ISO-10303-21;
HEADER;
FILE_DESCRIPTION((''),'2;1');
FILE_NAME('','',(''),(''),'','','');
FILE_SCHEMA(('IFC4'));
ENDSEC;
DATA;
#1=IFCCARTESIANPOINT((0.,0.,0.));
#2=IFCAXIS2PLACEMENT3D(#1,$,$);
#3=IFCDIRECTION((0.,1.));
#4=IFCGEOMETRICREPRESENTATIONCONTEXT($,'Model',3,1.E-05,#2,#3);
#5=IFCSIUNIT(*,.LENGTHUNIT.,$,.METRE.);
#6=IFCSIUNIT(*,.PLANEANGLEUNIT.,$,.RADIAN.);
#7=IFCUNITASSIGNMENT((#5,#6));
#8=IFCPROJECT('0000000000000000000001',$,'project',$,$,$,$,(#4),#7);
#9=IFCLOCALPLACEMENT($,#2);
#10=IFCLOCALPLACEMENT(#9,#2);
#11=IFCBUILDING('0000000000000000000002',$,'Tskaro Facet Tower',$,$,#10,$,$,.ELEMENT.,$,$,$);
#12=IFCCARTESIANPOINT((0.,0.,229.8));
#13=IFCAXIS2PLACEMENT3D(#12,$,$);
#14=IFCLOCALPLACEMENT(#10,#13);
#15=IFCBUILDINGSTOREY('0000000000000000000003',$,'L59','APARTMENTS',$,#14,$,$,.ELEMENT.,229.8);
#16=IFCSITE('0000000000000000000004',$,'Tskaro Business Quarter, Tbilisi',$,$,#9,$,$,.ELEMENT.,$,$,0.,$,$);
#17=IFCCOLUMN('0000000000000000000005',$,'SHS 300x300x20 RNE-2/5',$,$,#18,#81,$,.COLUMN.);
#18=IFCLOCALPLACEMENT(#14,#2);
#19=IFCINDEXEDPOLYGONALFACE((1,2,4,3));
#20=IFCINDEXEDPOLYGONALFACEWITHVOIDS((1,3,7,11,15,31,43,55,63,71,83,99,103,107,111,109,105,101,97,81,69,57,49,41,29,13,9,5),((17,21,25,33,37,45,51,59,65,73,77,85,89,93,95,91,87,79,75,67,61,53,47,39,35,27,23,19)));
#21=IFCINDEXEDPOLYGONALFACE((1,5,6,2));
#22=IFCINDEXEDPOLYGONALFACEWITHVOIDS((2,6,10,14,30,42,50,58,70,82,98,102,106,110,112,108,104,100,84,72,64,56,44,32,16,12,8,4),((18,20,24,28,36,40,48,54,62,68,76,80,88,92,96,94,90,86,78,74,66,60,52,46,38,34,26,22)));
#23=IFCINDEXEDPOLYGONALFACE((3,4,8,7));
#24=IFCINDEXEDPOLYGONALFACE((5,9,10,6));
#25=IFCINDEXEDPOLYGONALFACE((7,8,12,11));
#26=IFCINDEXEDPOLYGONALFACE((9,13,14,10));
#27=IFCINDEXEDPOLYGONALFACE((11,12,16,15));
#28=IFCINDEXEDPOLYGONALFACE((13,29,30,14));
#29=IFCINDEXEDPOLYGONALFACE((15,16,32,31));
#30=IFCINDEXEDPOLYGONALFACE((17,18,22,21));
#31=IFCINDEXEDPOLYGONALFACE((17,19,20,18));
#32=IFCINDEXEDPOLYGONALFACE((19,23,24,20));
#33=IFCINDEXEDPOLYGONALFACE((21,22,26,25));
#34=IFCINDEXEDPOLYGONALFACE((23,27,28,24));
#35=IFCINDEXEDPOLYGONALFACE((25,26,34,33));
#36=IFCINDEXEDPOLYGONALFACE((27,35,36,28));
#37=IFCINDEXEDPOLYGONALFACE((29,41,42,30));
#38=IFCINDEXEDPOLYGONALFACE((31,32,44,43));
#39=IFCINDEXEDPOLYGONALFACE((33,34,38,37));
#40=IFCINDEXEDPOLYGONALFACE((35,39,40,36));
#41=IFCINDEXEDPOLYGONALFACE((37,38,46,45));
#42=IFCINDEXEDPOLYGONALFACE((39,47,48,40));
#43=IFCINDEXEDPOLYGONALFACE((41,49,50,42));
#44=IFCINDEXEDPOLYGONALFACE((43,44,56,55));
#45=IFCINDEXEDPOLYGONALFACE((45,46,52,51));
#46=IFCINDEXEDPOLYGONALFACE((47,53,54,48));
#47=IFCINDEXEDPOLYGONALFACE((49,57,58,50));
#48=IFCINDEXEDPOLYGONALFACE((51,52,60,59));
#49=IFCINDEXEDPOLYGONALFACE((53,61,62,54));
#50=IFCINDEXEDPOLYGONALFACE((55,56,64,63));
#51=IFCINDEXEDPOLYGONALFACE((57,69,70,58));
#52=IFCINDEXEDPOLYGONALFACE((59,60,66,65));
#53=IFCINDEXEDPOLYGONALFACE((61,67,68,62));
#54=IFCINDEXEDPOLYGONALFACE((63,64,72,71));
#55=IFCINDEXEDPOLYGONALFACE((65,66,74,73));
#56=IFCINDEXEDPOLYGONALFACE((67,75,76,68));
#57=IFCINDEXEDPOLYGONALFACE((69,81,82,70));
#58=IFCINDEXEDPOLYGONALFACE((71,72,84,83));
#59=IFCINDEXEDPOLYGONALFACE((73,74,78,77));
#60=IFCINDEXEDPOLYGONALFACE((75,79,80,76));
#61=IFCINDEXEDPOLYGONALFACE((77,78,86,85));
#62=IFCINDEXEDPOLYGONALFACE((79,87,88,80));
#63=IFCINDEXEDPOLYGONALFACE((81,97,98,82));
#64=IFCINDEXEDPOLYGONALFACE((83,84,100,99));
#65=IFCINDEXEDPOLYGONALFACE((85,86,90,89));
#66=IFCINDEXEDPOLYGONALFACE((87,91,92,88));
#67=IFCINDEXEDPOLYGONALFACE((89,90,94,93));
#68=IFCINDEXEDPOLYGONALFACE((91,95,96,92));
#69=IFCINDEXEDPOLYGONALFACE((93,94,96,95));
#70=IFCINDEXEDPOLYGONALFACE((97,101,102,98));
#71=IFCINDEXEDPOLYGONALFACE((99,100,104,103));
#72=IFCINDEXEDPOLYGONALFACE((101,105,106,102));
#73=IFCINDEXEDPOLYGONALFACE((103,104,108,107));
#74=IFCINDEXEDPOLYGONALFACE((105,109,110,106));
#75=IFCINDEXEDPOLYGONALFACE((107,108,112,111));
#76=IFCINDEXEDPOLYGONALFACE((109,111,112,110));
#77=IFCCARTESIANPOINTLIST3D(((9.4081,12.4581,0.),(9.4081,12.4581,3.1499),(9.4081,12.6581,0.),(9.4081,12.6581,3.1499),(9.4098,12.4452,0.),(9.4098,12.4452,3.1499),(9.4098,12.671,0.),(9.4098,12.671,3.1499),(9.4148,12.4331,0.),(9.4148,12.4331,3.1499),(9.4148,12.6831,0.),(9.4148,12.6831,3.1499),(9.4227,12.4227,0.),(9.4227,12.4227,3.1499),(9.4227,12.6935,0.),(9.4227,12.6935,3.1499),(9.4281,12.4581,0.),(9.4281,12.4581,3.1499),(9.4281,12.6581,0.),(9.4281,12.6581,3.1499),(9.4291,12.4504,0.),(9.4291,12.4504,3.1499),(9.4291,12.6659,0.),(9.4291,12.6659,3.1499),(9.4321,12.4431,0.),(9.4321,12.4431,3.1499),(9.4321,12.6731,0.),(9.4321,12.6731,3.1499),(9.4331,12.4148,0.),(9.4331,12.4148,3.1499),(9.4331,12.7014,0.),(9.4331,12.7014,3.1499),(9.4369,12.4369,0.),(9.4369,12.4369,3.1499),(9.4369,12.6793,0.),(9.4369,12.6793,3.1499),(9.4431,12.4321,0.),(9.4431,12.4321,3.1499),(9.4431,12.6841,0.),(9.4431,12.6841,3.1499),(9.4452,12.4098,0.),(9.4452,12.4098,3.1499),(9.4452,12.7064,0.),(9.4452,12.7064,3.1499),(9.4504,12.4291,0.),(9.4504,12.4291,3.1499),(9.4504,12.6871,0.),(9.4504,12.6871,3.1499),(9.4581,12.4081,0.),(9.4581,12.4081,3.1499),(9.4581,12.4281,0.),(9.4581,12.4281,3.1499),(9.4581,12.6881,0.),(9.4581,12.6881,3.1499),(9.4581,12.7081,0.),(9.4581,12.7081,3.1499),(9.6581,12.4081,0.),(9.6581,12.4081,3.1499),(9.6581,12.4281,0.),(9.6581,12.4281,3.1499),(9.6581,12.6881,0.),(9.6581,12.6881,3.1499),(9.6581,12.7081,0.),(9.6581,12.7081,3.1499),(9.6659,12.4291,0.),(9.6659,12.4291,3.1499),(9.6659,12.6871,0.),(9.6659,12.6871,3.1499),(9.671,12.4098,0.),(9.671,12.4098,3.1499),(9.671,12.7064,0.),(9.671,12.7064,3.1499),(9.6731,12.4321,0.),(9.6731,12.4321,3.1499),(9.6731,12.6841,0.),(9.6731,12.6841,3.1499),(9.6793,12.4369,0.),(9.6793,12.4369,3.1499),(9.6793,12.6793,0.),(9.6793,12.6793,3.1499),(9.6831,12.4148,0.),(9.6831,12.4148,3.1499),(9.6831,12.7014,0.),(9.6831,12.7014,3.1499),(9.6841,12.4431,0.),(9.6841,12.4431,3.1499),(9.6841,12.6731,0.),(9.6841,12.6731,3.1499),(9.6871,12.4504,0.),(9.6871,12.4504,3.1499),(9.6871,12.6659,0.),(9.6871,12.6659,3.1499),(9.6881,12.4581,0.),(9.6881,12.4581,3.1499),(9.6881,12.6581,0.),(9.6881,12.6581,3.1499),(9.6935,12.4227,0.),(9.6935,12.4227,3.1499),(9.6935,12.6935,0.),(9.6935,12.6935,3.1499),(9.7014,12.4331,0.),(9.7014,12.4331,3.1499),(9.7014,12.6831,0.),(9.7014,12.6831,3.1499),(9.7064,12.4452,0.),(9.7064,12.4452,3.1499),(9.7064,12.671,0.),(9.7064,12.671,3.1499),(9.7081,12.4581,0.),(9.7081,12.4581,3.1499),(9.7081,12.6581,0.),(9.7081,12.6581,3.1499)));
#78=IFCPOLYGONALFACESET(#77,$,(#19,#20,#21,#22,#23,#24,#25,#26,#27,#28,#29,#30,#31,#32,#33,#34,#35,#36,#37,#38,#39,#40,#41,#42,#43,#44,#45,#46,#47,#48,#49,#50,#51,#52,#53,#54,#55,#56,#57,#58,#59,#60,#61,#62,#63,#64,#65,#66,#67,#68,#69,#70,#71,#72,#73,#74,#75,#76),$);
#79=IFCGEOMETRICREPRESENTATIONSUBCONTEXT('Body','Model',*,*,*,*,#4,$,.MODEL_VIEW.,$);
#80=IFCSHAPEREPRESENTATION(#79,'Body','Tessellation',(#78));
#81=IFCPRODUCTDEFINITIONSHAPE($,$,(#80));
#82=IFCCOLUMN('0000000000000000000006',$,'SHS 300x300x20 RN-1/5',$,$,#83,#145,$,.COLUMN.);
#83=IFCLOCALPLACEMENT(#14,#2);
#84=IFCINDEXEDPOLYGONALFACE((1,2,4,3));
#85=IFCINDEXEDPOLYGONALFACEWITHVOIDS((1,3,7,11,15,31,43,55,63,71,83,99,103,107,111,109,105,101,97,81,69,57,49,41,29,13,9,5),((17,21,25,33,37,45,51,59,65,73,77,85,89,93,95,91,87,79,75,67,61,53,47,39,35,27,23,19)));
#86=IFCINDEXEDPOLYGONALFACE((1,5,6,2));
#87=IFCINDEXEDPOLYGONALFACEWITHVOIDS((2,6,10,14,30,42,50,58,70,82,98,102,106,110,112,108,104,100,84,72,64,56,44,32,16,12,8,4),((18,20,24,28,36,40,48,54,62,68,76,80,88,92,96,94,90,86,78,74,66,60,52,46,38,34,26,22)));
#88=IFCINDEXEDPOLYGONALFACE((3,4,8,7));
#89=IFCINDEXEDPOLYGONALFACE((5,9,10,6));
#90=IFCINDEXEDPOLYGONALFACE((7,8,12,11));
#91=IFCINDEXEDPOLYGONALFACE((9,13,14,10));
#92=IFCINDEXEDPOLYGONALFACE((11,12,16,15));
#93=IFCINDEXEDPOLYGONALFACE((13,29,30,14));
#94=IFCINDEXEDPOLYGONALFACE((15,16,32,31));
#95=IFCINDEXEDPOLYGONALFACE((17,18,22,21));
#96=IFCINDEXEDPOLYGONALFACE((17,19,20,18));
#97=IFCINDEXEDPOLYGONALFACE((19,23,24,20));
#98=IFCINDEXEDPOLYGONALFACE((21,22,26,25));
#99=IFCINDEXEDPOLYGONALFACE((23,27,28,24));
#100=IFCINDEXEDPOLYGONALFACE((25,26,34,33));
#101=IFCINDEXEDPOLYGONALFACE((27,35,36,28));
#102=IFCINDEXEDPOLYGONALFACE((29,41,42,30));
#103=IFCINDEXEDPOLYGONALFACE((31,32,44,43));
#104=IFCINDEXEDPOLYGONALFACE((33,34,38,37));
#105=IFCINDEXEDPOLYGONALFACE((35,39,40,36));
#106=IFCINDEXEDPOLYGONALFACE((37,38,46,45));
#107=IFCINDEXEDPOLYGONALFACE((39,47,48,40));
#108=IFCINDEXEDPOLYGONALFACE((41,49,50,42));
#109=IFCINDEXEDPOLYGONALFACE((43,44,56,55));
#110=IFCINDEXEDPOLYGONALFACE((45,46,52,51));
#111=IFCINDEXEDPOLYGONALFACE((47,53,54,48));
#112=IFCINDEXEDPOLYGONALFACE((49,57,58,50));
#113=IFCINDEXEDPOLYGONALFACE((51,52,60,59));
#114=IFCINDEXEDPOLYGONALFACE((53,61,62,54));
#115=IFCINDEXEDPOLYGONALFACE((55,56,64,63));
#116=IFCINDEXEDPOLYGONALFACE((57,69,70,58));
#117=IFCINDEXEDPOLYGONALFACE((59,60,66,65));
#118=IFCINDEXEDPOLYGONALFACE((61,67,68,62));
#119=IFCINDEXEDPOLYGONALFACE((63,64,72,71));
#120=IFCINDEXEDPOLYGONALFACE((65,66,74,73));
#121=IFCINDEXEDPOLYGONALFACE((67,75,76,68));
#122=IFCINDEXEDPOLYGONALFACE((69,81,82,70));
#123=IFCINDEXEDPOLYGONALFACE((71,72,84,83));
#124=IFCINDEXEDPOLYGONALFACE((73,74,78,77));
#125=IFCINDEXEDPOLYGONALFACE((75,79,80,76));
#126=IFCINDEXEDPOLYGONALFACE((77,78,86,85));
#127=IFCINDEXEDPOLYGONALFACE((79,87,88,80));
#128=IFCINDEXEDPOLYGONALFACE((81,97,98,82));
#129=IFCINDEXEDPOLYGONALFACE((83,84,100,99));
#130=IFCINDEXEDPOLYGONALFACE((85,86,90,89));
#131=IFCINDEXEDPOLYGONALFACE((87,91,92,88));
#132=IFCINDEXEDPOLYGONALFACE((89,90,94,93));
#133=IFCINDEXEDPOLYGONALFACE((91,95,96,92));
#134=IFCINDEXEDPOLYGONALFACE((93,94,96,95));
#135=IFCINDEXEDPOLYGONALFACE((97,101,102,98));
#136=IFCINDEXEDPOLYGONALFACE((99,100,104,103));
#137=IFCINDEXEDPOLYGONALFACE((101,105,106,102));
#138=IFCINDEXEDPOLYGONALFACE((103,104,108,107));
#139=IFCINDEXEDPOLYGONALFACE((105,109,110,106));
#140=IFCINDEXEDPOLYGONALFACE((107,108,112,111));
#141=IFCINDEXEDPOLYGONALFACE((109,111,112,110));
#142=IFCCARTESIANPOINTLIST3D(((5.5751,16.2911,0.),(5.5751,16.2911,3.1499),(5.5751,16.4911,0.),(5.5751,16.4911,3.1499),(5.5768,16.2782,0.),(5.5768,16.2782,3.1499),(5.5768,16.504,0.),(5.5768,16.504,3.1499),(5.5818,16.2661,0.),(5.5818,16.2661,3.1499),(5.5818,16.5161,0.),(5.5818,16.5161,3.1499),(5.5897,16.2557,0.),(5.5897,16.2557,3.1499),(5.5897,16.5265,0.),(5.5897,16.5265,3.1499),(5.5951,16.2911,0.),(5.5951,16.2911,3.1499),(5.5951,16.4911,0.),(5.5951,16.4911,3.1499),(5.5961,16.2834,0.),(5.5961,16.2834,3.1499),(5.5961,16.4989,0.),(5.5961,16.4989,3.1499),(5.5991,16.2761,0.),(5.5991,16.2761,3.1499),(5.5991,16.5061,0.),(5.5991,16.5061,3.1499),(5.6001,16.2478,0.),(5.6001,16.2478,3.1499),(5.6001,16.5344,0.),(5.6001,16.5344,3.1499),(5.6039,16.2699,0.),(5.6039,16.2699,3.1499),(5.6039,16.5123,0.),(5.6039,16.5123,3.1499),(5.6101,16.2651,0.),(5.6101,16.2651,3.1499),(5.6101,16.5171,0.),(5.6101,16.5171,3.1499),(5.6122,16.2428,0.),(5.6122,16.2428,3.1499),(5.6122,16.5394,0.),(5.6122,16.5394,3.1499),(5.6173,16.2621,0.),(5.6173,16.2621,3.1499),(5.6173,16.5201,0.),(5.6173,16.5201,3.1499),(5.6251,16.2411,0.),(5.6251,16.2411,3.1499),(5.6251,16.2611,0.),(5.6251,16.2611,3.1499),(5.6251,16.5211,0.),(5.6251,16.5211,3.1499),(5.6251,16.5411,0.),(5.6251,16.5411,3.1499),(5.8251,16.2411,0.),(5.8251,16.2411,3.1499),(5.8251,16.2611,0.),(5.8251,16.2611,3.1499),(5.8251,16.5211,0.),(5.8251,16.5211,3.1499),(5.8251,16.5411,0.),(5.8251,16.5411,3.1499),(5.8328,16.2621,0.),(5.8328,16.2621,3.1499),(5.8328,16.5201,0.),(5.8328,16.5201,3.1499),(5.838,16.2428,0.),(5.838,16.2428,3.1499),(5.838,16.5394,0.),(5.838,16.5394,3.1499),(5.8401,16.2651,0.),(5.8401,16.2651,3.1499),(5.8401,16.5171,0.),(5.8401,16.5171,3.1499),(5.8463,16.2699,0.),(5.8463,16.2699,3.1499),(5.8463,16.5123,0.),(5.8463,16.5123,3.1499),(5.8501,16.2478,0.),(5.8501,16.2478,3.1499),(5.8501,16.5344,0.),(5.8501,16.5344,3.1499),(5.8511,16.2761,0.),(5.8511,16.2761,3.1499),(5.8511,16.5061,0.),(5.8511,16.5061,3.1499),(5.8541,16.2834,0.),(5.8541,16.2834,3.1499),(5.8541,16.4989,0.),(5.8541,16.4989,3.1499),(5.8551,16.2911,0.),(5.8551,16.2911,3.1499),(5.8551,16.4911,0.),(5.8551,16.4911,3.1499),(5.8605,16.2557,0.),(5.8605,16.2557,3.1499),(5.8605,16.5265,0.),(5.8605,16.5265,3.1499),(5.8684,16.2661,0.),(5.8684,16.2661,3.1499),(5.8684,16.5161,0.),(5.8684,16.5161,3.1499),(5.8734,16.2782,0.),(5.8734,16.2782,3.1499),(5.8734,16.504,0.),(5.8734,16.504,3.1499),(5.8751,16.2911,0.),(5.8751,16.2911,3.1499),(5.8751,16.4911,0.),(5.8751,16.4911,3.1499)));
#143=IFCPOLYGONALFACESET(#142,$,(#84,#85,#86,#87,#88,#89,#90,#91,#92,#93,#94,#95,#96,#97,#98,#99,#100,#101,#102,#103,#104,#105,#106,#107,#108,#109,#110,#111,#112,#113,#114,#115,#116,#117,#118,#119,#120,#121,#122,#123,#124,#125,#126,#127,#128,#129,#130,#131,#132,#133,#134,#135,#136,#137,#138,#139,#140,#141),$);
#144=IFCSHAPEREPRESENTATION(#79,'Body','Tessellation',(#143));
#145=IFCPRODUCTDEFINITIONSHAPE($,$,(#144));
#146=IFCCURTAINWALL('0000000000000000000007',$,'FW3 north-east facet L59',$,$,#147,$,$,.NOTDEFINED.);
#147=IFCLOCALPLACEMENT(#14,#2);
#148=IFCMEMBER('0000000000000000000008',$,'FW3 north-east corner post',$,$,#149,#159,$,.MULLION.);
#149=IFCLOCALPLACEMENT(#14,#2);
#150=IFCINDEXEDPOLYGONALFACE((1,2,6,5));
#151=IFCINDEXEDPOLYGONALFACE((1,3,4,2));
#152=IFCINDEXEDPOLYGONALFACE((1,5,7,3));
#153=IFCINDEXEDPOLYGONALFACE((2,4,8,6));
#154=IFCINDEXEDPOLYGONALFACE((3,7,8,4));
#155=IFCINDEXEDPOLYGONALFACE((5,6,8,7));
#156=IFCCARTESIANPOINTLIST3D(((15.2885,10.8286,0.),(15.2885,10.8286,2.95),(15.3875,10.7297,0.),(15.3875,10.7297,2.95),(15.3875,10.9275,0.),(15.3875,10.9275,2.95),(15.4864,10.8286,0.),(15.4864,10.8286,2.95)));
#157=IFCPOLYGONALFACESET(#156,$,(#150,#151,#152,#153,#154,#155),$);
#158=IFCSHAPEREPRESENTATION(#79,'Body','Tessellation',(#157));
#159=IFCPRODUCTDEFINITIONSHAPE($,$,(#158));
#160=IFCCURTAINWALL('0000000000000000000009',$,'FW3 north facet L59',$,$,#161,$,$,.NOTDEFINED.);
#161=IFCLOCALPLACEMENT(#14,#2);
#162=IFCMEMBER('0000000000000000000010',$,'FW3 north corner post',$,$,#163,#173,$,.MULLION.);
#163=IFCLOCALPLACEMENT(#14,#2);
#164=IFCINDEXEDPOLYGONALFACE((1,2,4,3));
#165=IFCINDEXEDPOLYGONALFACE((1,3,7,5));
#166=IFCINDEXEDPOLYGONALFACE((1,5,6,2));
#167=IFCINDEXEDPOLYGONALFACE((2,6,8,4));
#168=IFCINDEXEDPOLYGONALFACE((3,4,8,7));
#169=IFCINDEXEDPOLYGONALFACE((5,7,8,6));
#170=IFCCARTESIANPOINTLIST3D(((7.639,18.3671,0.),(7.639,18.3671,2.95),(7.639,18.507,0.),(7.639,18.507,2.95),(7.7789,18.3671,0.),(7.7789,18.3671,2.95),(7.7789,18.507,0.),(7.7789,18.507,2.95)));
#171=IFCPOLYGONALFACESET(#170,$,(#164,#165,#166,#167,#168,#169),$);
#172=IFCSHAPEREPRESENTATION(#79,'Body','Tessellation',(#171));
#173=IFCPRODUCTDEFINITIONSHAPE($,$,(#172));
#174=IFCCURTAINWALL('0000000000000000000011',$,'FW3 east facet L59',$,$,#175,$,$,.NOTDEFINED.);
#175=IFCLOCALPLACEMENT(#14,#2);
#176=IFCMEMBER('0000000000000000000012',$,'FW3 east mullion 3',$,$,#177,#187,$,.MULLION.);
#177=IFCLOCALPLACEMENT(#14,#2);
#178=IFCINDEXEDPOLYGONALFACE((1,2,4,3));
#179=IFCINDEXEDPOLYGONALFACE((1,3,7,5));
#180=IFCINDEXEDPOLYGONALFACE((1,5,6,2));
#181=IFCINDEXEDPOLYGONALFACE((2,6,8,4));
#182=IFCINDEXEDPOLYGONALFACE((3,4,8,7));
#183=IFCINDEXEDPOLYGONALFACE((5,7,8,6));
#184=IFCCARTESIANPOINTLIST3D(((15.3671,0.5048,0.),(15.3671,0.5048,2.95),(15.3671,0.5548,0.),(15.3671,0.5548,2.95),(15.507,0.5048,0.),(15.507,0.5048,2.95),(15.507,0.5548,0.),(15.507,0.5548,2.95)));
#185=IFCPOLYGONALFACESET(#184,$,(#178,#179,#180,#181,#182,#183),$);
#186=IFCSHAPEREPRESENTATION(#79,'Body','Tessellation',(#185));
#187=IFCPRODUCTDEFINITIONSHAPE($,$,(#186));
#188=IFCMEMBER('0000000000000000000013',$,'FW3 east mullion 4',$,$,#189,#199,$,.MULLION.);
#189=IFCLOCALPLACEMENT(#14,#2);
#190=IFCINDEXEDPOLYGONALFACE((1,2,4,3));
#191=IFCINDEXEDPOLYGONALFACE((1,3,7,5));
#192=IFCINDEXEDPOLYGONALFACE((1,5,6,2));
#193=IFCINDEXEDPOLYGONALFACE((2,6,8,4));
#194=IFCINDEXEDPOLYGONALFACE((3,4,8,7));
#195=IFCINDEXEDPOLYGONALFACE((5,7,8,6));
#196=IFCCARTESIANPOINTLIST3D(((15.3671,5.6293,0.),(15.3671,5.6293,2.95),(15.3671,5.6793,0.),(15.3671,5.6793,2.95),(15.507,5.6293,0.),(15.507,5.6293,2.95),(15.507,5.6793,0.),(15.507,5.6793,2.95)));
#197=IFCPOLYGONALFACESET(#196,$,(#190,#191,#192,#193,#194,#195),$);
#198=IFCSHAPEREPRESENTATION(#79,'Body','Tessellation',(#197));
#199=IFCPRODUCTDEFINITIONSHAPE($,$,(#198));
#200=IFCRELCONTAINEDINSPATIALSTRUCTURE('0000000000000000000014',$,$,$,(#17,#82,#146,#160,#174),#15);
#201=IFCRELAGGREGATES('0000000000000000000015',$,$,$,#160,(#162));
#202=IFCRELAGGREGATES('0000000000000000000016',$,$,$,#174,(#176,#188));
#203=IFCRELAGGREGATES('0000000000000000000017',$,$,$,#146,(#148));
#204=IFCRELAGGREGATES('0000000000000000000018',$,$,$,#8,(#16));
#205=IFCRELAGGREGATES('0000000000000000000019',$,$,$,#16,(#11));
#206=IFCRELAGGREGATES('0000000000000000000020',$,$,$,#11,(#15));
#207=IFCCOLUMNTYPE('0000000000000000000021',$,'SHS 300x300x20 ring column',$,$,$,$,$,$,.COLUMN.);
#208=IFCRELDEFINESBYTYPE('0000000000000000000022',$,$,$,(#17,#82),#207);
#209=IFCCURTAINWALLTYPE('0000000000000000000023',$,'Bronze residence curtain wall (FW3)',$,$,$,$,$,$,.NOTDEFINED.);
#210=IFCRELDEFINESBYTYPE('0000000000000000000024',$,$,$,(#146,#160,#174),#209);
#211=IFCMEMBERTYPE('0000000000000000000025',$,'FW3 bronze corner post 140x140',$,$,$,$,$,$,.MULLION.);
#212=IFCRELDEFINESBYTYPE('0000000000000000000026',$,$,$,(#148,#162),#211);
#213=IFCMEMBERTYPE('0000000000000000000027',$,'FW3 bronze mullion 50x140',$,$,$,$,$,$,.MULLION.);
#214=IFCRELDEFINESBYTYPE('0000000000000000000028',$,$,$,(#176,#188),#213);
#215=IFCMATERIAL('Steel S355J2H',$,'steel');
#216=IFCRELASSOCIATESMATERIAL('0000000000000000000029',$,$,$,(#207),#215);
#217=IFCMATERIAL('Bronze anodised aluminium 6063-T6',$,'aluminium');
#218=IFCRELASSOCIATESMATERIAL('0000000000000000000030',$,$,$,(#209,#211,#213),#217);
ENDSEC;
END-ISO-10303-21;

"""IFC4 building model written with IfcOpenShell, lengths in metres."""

from ifc_helpers import new_model, si_unit, direction, frame, origin, origin_2d, place, context, subcontext, project, spatial, rectangle, hollow_rectangle, extrude, material, material_profile, profile_set, type_object, element, aggregate, save


model = new_model("IFC4")

# Units and contexts
model_context = context("Model", 3, precision=1e-05, world=origin(), true_north=direction((0.0, 1.0)))
body_context = subcontext(model_context, "Body", "Model", "MODEL_VIEW")
ifc_project = project(units=[si_unit("LENGTHUNIT", "METRE"), si_unit("PLANEANGLEUNIT", "RADIAN")], contexts=[model_context])

# Site, building, storey
site_placement = place(None, origin())
site = spatial("IfcSite", under=ifc_project, at=site_placement, Name="Tskaro Business Quarter, Tbilisi", CompositionType="ELEMENT", RefElevation=0.0)
building_placement = place(site_placement, origin())
building = spatial("IfcBuilding", under=site, at=building_placement, Name="Tskaro Facet Tower", CompositionType="ELEMENT")
storey_placement = place(building_placement, frame((0.0, 0.0, 229.8)))
storey = spatial("IfcBuildingStorey", under=building, at=storey_placement, Name="L59", Description="APARTMENTS", CompositionType="ELEMENT", Elevation=229.8)

# Columns
ifc_material_1 = material(Name="Steel S355J2H", Category="steel")
ifc_material_profile_1 = material_profile(ifc_material_1, hollow_rectangle(XDim=0.3, YDim=0.3, WallThickness=0.02, InnerFilletRadius=0.03, OuterFilletRadius=0.05, at=origin_2d()), Name="SHS 300x300x20")
ifc_profile_set_1 = profile_set([ifc_material_profile_1], Name="Steel S355J2H")
column_type_1 = type_object("IfcColumnType", Name="SHS 300x300x20 ring column", PredefinedType="COLUMN", material=ifc_profile_set_1)
for number, where, z_axis, x_axis, name in (
    (1, (9.5581, 12.5581, 0.0), (0.0, 0.0, 1.0), (1.0, 0.0, 0.0), "SHS 300x300x20 RNE-2/5"),
    (2, (5.7251, 16.3911, 0.0), (0.0, 0.0, 1.0), (1.0, 0.0, 0.0), "SHS 300x300x20 RN-1/5"),
):
    element("IfcColumn", number, at=place(storey_placement, frame(where, z_axis=z_axis, x_axis=x_axis)), inside=storey, type_object=column_type_1, Name=name, PredefinedType="COLUMN", context=body_context, shape_type="SweptSolid", body=[
        extrude(hollow_rectangle(XDim=0.3, YDim=0.3, WallThickness=0.02, InnerFilletRadius=0.03, OuterFilletRadius=0.05, at=origin_2d()), origin(), (0.0, 0.0, 1.0), 3.1499),
    ])

# Curtain walls, members
ifc_material_2 = material(Name="Bronze anodised aluminium 6063-T6", Category="aluminium")
curtain_wall_type = type_object("IfcCurtainWallType", Name="Bronze residence curtain wall (FW3)", PredefinedType="NOTDEFINED", material=ifc_material_2)
curtain_wall_1_placement = place(storey_placement, origin())
curtain_wall_1 = element("IfcCurtainWall", 3, at=curtain_wall_1_placement, inside=storey, type_object=curtain_wall_type, Name="FW3 north-east facet L59", PredefinedType="NOTDEFINED")
ifc_material_profile_2 = material_profile(ifc_material_2, rectangle(XDim=0.1399, YDim=0.1399, at=origin_2d()), Name="Corner post 140x140")
ifc_profile_set_2 = profile_set([ifc_material_profile_2], Name="Bronze anodised aluminium 6063-T6")
member_type_1 = type_object("IfcMemberType", Name="FW3 bronze corner post 140x140", PredefinedType="MULLION", material=ifc_profile_set_2)
member_1_placement = place(storey_placement, frame((15.3875, 10.8286, 0.0), z_axis=(0.0, 0.0, 1.0), x_axis=(-0.707107, 0.707107, 0.0)))
member_1 = element("IfcMember", 4, at=member_1_placement, type_object=member_type_1, Name="FW3 north-east corner post", PredefinedType="MULLION", context=body_context, shape_type="SweptSolid", body=[
    extrude(rectangle(XDim=0.1399, YDim=0.1399, at=origin_2d()), origin(), (0.0, 0.0, 1.0), 2.95),
])
curtain_wall_2_placement = place(storey_placement, origin())
curtain_wall_2 = element("IfcCurtainWall", 5, at=curtain_wall_2_placement, inside=storey, type_object=curtain_wall_type, Name="FW3 north facet L59", PredefinedType="NOTDEFINED")
member_2_placement = place(storey_placement, frame((7.709, 18.437, 0.0), z_axis=(0.0, 0.0, 1.0), x_axis=(-1.0, 0.0, 0.0)))
member_2 = element("IfcMember", 6, at=member_2_placement, type_object=member_type_1, Name="FW3 north corner post", PredefinedType="MULLION", context=body_context, shape_type="SweptSolid", body=[
    extrude(rectangle(XDim=0.1399, YDim=0.1399, at=origin_2d()), origin(), (0.0, 0.0, 1.0), 2.95),
])

# Curtain wall, members
curtain_wall_3_placement = place(storey_placement, origin())
curtain_wall_3 = element("IfcCurtainWall", 7, at=curtain_wall_3_placement, inside=storey, type_object=curtain_wall_type, Name="FW3 east facet L59", PredefinedType="NOTDEFINED")
ifc_material_profile_3 = material_profile(ifc_material_2, rectangle(XDim=0.05, YDim=0.1399, at=origin_2d()), Name="Mullion 50x140")
ifc_profile_set_3 = profile_set([ifc_material_profile_3], Name="Bronze anodised aluminium 6063-T6")
member_type_2 = type_object("IfcMemberType", Name="FW3 bronze mullion 50x140", PredefinedType="MULLION", material=ifc_profile_set_3)
member_3_placement = place(storey_placement, frame((15.437, 0.5298, 0.0), z_axis=(0.0, 0.0, 1.0), x_axis=(0.0, 1.0, 0.0)))
member_3 = element("IfcMember", 8, at=member_3_placement, type_object=member_type_2, Name="FW3 east mullion 3", PredefinedType="MULLION", context=body_context, shape_type="SweptSolid", body=[
    extrude(rectangle(XDim=0.05, YDim=0.1399, at=origin_2d()), origin(), (0.0, 0.0, 1.0), 2.95),
])
member_4_placement = place(storey_placement, frame((15.437, 5.6543, 0.0), z_axis=(0.0, 0.0, 1.0), x_axis=(0.0, 1.0, 0.0)))
member_4 = element("IfcMember", 9, at=member_4_placement, type_object=member_type_2, Name="FW3 east mullion 4", PredefinedType="MULLION", context=body_context, shape_type="SweptSolid", body=[
    extrude(rectangle(XDim=0.05, YDim=0.1399, at=origin_2d()), origin(), (0.0, 0.0, 1.0), 2.95),
])

aggregate(curtain_wall_2, [member_2])

aggregate(curtain_wall_3, [member_3, member_4])
aggregate(curtain_wall_1, [member_1])

save(model, "model.ifc")
